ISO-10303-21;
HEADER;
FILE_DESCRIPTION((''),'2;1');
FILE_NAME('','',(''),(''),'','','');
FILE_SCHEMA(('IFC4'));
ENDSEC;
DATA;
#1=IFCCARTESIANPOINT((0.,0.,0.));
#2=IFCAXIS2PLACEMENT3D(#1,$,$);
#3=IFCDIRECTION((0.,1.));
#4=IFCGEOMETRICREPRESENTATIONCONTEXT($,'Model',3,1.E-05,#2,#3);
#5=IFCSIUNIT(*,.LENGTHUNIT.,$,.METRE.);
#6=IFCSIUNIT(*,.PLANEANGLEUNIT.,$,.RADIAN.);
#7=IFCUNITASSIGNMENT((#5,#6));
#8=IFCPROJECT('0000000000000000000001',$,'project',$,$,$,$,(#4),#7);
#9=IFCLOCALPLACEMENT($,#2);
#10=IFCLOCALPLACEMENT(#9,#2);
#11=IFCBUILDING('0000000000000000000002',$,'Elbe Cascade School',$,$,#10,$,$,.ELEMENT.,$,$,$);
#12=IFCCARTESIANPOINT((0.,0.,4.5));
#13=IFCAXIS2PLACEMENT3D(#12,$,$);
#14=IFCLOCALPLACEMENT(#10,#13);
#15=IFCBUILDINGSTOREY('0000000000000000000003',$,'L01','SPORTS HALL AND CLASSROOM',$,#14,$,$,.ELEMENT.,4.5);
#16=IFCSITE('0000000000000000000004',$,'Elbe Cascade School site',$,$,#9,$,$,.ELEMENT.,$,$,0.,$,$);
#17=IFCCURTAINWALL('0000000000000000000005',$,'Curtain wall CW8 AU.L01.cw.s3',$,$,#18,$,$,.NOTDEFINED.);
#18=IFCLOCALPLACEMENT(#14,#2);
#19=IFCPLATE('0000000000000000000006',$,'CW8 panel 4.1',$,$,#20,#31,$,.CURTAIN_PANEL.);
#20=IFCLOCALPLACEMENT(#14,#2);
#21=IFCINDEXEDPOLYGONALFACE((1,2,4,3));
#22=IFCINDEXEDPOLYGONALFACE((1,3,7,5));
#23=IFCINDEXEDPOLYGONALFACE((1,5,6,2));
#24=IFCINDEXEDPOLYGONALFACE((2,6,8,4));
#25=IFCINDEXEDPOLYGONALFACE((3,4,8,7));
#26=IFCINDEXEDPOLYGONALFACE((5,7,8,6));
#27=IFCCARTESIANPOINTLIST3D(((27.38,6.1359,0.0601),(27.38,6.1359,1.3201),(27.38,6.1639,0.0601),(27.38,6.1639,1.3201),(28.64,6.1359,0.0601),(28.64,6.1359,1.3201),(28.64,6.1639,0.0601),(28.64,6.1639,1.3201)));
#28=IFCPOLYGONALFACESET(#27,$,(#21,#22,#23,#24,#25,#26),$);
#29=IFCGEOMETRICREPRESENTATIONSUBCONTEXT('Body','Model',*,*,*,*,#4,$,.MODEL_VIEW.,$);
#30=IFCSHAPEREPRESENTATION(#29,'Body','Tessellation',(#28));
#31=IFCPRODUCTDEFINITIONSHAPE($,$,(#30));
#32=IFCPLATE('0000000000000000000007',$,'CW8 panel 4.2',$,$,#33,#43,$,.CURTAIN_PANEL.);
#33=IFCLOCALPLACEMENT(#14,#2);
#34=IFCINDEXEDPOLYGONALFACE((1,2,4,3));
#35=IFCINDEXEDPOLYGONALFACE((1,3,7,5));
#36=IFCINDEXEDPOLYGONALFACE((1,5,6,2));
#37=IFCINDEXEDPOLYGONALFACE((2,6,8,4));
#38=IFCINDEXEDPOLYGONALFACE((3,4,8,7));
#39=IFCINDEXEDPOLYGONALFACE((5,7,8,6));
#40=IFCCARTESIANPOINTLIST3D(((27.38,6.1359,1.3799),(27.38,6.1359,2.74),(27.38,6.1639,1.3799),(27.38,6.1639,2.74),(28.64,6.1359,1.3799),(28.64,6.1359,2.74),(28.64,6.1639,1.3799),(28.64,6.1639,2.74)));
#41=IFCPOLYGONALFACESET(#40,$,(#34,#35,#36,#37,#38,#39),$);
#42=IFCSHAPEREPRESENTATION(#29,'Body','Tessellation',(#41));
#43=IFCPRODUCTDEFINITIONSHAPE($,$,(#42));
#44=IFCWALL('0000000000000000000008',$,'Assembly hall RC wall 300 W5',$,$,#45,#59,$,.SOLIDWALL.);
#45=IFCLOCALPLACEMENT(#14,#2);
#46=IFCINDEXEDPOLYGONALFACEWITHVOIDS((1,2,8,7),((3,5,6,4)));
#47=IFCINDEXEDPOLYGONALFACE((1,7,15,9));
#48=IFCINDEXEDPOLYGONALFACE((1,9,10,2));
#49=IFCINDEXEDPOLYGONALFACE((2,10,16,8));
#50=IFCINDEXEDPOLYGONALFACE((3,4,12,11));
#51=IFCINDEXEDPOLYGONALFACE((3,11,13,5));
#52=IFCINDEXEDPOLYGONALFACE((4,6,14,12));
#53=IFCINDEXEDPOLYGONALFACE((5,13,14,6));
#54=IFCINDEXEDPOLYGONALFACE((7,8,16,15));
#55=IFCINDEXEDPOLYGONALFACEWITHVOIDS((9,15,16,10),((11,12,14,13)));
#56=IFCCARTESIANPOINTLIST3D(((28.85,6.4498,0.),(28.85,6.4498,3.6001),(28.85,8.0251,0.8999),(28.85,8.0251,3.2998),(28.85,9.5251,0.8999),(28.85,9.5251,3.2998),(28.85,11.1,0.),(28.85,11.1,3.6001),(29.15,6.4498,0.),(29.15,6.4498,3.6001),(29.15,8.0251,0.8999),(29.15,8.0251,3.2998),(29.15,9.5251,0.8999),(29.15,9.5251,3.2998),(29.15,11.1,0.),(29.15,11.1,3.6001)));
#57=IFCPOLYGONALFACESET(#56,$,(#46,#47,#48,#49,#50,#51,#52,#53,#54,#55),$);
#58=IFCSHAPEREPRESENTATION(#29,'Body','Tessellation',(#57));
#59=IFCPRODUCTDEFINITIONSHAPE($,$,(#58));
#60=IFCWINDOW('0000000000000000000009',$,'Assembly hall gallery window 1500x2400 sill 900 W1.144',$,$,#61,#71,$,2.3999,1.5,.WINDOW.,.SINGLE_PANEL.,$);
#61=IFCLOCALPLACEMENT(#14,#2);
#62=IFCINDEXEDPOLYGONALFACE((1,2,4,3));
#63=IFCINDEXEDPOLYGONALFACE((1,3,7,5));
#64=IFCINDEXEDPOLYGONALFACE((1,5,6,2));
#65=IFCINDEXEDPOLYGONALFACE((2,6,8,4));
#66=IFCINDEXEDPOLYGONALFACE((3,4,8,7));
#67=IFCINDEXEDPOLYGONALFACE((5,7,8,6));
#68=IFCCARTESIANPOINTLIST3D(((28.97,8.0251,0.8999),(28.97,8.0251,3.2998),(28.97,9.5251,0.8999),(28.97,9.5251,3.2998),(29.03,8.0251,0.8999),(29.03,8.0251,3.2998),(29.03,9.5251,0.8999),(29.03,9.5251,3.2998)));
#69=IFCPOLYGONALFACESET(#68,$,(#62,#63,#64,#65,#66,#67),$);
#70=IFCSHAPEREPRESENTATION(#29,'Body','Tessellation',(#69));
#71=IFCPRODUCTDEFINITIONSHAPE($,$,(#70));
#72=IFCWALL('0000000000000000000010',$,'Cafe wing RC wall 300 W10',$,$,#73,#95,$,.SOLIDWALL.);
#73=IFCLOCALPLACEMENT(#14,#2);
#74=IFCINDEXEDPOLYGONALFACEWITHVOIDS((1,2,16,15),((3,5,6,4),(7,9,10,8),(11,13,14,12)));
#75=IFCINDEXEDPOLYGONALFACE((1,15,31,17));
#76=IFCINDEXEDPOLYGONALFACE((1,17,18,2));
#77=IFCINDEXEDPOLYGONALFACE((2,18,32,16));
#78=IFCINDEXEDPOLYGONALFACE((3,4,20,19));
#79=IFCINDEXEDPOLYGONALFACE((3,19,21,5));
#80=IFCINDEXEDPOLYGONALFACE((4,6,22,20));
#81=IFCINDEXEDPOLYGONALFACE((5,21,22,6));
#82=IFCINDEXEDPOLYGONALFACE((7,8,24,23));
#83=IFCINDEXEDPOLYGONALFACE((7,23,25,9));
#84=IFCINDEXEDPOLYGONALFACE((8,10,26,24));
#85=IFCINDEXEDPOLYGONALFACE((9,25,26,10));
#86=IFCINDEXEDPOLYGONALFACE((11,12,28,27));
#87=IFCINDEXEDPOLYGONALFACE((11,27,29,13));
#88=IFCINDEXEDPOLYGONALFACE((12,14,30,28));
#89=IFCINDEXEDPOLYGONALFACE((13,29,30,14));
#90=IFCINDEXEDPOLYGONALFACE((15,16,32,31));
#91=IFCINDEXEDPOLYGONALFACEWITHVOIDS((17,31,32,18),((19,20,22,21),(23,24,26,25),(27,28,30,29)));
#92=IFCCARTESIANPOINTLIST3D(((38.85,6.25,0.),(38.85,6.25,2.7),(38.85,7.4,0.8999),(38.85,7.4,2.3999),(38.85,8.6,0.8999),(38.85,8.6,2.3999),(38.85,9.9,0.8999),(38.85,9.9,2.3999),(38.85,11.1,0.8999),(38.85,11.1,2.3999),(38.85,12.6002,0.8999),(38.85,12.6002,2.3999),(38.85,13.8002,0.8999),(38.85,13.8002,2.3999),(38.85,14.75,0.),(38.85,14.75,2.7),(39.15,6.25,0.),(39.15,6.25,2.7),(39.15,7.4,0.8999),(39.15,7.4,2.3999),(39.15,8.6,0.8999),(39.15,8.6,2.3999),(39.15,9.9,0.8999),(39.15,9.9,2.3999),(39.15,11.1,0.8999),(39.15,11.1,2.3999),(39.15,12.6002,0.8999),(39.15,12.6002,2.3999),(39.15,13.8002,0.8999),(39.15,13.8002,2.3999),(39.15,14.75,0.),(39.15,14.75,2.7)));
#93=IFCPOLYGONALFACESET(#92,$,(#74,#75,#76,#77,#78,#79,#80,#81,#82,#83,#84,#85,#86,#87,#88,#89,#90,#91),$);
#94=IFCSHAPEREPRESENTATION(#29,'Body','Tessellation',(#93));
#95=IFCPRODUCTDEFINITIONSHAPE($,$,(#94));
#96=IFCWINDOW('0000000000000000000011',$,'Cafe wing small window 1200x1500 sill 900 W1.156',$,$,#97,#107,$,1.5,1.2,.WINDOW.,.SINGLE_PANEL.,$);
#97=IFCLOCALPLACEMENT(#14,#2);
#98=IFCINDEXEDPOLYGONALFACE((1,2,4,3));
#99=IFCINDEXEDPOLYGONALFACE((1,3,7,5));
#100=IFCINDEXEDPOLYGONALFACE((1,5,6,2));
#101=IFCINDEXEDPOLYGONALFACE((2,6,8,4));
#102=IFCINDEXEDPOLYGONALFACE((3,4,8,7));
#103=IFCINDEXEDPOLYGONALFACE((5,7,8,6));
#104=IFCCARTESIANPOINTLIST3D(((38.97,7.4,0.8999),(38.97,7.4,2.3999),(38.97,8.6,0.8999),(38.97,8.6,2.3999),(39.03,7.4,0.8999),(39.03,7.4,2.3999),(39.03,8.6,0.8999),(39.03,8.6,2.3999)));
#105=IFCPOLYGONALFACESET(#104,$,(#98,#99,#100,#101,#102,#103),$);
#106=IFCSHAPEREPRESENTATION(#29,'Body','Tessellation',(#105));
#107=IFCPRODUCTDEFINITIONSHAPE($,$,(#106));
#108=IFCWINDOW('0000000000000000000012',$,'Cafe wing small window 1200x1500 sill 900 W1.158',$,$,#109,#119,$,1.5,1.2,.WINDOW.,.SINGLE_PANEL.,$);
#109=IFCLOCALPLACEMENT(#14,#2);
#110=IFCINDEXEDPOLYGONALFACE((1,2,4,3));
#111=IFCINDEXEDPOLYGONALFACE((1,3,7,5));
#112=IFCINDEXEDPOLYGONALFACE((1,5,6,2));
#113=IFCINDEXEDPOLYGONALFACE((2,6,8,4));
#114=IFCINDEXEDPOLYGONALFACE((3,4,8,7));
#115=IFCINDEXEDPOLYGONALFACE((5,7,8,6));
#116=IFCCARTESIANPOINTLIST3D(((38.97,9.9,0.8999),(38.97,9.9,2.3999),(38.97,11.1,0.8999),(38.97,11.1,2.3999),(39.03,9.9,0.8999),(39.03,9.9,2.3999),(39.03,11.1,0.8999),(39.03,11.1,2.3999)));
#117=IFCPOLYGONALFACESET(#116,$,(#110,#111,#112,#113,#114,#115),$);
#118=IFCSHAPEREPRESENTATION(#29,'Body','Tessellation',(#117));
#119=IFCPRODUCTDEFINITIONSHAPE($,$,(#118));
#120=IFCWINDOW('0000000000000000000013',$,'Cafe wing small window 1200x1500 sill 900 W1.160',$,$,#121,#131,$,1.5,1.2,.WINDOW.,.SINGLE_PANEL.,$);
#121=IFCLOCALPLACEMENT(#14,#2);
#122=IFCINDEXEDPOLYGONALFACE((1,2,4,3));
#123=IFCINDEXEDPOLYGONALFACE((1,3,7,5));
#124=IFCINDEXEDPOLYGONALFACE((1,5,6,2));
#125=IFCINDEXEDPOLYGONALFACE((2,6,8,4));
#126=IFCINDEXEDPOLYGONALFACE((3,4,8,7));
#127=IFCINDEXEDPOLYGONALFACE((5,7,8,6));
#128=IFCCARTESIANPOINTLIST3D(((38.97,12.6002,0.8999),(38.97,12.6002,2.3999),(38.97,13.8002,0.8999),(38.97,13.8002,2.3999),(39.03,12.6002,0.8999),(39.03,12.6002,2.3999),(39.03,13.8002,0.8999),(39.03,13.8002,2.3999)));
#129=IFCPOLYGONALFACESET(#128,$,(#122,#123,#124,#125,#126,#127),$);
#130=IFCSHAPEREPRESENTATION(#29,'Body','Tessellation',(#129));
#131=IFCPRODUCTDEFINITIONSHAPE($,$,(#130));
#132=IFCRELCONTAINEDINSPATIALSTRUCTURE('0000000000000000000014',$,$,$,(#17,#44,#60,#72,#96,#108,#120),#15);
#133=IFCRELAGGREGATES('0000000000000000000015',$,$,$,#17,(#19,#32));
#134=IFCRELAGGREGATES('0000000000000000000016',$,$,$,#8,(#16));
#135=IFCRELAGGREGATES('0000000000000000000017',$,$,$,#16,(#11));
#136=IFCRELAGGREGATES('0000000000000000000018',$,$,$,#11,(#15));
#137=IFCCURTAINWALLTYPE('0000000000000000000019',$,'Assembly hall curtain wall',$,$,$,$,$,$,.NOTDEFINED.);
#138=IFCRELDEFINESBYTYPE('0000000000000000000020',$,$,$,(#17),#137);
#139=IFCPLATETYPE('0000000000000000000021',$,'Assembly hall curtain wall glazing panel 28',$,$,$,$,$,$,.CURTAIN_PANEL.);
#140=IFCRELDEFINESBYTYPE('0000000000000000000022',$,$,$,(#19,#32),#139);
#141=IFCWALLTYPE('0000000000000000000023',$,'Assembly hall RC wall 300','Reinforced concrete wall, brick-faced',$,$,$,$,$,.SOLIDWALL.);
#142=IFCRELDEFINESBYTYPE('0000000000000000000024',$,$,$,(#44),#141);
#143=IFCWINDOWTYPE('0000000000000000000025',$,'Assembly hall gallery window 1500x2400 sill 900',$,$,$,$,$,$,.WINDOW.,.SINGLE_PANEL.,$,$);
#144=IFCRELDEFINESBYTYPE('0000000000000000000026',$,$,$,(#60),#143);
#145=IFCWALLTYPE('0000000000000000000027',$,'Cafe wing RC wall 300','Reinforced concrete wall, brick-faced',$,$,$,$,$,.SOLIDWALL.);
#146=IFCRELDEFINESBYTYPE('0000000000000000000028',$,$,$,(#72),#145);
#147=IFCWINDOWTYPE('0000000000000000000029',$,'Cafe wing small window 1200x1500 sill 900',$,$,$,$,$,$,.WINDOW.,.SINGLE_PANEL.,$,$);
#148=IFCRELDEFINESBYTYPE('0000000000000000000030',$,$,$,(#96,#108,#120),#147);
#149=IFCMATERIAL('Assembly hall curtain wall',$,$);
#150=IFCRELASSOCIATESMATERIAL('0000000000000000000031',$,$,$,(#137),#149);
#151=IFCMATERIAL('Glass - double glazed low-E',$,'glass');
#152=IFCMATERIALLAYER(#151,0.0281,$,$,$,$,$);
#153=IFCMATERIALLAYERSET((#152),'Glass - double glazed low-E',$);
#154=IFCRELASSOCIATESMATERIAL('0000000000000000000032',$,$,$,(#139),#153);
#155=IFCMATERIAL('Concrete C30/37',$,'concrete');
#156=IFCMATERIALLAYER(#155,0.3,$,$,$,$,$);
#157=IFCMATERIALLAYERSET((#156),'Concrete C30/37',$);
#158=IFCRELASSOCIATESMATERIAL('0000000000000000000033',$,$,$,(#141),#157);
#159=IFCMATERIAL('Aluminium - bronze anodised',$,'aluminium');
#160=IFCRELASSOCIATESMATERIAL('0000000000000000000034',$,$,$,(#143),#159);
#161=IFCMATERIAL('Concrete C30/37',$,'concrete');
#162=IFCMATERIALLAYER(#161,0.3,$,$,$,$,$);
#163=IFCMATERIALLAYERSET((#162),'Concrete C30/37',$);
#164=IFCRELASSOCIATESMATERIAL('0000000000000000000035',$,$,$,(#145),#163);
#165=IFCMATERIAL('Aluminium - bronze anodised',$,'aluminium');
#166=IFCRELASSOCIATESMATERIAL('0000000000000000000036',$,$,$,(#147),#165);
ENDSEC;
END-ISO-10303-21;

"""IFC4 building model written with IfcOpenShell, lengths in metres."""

from ifc_helpers import new_model, si_unit, direction, frame, frame_2d, origin, origin_2d, place, context, subcontext, project, spatial, rectangle, extrude, material, layer, layer_set, type_object, element, fill, aggregate, save


model = new_model("IFC4")

# Units and contexts
model_context = context("Model", 3, precision=1e-05, world=origin(), true_north=direction((0.0, 1.0)))
body_context = subcontext(model_context, "Body", "Model", "MODEL_VIEW")
ifc_project = project(units=[si_unit("LENGTHUNIT", "METRE"), si_unit("PLANEANGLEUNIT", "RADIAN")], contexts=[model_context])

# Site, building, storey
site_placement = place(None, origin())
site = spatial("IfcSite", under=ifc_project, at=site_placement, Name="Elbe Cascade School site", CompositionType="ELEMENT", RefElevation=0.0)
building_placement = place(site_placement, origin())
building = spatial("IfcBuilding", under=site, at=building_placement, Name="Elbe Cascade School", CompositionType="ELEMENT")
storey_placement = place(building_placement, frame((0.0, 0.0, 4.5)))
storey = spatial("IfcBuildingStorey", under=building, at=storey_placement, Name="L01", Description="SPORTS HALL AND CLASSROOM", CompositionType="ELEMENT", Elevation=4.5)

# Curtain wall, plates
ifc_material_1 = material(Name="Assembly hall curtain wall")
curtain_wall_type = type_object("IfcCurtainWallType", Name="Assembly hall curtain wall", PredefinedType="NOTDEFINED", material=ifc_material_1)
curtain_wall_placement = place(storey_placement, origin())
curtain_wall = element("IfcCurtainWall", 1, at=curtain_wall_placement, inside=storey, type_object=curtain_wall_type, Name="Curtain wall CW8 AU.L01.cw.s3", PredefinedType="NOTDEFINED")
ifc_material_2 = material(Name="Glass - double glazed low-E", Category="glass")
ifc_layer_1 = layer(ifc_material_2, 0.0281)
ifc_layer_set_1 = layer_set([ifc_layer_1], Name="Glass - double glazed low-E")
plate_type = type_object("IfcPlateType", Name="Assembly hall curtain wall glazing panel 28", PredefinedType="CURTAIN_PANEL", material=ifc_layer_set_1)
plate_1_placement = place(storey_placement, frame((28.01, 6.1499, 0.0601), z_axis=(0.0, 0.0, 1.0), x_axis=(1.0, 0.0, 0.0)))
plate_1 = element("IfcPlate", 2, at=plate_1_placement, type_object=plate_type, Name="CW8 panel 4.1", PredefinedType="CURTAIN_PANEL", context=body_context, shape_type="SweptSolid", body=[
    extrude(rectangle(XDim=1.26, YDim=0.0281, at=origin_2d()), origin(), (0.0, 0.0, 1.0), 1.26),
])
plate_2_placement = place(storey_placement, frame((28.01, 6.1499, 1.3799), z_axis=(0.0, 0.0, 1.0), x_axis=(1.0, 0.0, 0.0)))
plate_2 = element("IfcPlate", 3, at=plate_2_placement, type_object=plate_type, Name="CW8 panel 4.2", PredefinedType="CURTAIN_PANEL", context=body_context, shape_type="SweptSolid", body=[
    extrude(rectangle(XDim=1.26, YDim=0.0281, at=origin_2d()), origin(), (0.0, 0.0, 1.0), 1.3601),
])
aggregate(curtain_wall, [plate_1, plate_2])

# Wall, opening, window
ifc_material_3 = material(Name="Concrete C30/37", Category="concrete")
ifc_layer_2 = layer(ifc_material_3, 0.3)
ifc_layer_set_2 = layer_set([ifc_layer_2], Name="Concrete C30/37")
wall_type_1 = type_object("IfcWallType", Name="Assembly hall RC wall 300", Description="Reinforced concrete wall, brick-faced", PredefinedType="SOLIDWALL", material=ifc_layer_set_2)
wall_1_placement = place(storey_placement, frame((29.0, 11.1001, 0.0), z_axis=(0.0, 0.0, 1.0), x_axis=(0.0, -1.0, 0.0)))
wall_1 = element("IfcWall", 4, at=wall_1_placement, inside=storey, type_object=wall_type_1, Name="Assembly hall RC wall 300 W5", PredefinedType="SOLIDWALL", context=body_context, shape_type="SweptSolid", body=[
    extrude(rectangle(XDim=4.6501, YDim=0.3, at=frame_2d((2.3252, 0.0))), origin(), (0.0, 0.0, 1.0), 3.6001),
])
opening_1_placement = place(wall_1_placement, frame((1.575, 0.0, 0.8999)))
opening_1 = element("IfcOpeningElement", 5, at=opening_1_placement, cuts=wall_1, PredefinedType="OPENING", context=body_context, shape_type="SweptSolid", body=[
    extrude(rectangle(XDim=1.5, YDim=2.3999, at=frame_2d((0.75, 1.2))), frame((0.0, 0.1599, 0.0), z_axis=(0.0, -1.0, 0.0), x_axis=(1.0, 0.0, 0.0)), (0.0, 0.0, 1.0), 0.3201),
])
ifc_material_4 = material(Name="Aluminium - bronze anodised", Category="aluminium")
window_type_1 = type_object("IfcWindowType", Name="Assembly hall gallery window 1500x2400 sill 900", PartitioningType="SINGLE_PANEL", PredefinedType="WINDOW", material=ifc_material_4)
window_1_placement = place(opening_1_placement, origin())
window_1 = element("IfcWindow", 6, at=window_1_placement, inside=storey, type_object=window_type_1, Name="Assembly hall gallery window 1500x2400 sill 900 W1.144", OverallHeight=2.3999, OverallWidth=1.5, PartitioningType="SINGLE_PANEL", PredefinedType="WINDOW", context=body_context, shape_type="SweptSolid", body=[
    extrude(rectangle(XDim=1.5, YDim=2.3999, at=frame_2d((0.75, 1.2))), frame((0.0, 0.03, 0.0), z_axis=(0.0, -1.0, 0.0), x_axis=(1.0, 0.0, 0.0)), (0.0, 0.0, 1.0), 0.0601),
])
fill(opening_1, window_1)

# Wall, openings, windows
ifc_material_5 = material(Name="Concrete C30/37", Category="concrete")
ifc_layer_3 = layer(ifc_material_5, 0.3)
ifc_layer_set_3 = layer_set([ifc_layer_3], Name="Concrete C30/37")
wall_type_2 = type_object("IfcWallType", Name="Cafe wing RC wall 300", Description="Reinforced concrete wall, brick-faced", PredefinedType="SOLIDWALL", material=ifc_layer_set_3)
wall_2_placement = place(storey_placement, frame((39.0, 6.25, 0.0), z_axis=(0.0, 0.0, 1.0), x_axis=(0.0, 1.0, 0.0)))
wall_2 = element("IfcWall", 7, at=wall_2_placement, inside=storey, type_object=wall_type_2, Name="Cafe wing RC wall 300 W10", PredefinedType="SOLIDWALL", context=body_context, shape_type="SweptSolid", body=[
    extrude(rectangle(XDim=8.5, YDim=0.3, at=frame_2d((4.25, 0.0))), origin(), (0.0, 0.0, 1.0), 2.7),
])
opening_2_placement = place(wall_2_placement, frame((1.1499, 0.0, 0.8999)))
opening_2 = element("IfcOpeningElement", 8, at=opening_2_placement, cuts=wall_2, PredefinedType="OPENING", context=body_context, shape_type="SweptSolid", body=[
    extrude(rectangle(XDim=1.2, YDim=1.5, at=frame_2d((0.6001, 0.75))), frame((0.0, 0.1599, 0.0), z_axis=(0.0, -1.0, 0.0), x_axis=(1.0, 0.0, 0.0)), (0.0, 0.0, 1.0), 0.3201),
])
opening_3_placement = place(wall_2_placement, frame((3.6499, 0.0, 0.8999)))
opening_3 = element("IfcOpeningElement", 9, at=opening_3_placement, cuts=wall_2, PredefinedType="OPENING", context=body_context, shape_type="SweptSolid", body=[
    extrude(rectangle(XDim=1.2, YDim=1.5, at=frame_2d((0.6001, 0.75))), frame((0.0, 0.1599, 0.0), z_axis=(0.0, -1.0, 0.0), x_axis=(1.0, 0.0, 0.0)), (0.0, 0.0, 1.0), 0.3201),
])
opening_4_placement = place(wall_2_placement, frame((6.3501, 0.0, 0.8999)))
opening_4 = element("IfcOpeningElement", 10, at=opening_4_placement, cuts=wall_2, PredefinedType="OPENING", context=body_context, shape_type="SweptSolid", body=[
    extrude(rectangle(XDim=1.2, YDim=1.5, at=frame_2d((0.6001, 0.75))), frame((0.0, 0.1599, 0.0), z_axis=(0.0, -1.0, 0.0), x_axis=(1.0, 0.0, 0.0)), (0.0, 0.0, 1.0), 0.3201),
])
ifc_material_6 = material(Name="Aluminium - bronze anodised", Category="aluminium")
window_type_2 = type_object("IfcWindowType", Name="Cafe wing small window 1200x1500 sill 900", PartitioningType="SINGLE_PANEL", PredefinedType="WINDOW", material=ifc_material_6)
window_2_placement = place(opening_2_placement, origin())
window_2 = element("IfcWindow", 11, at=window_2_placement, inside=storey, type_object=window_type_2, Name="Cafe wing small window 1200x1500 sill 900 W1.156", OverallHeight=1.5, OverallWidth=1.2, PartitioningType="SINGLE_PANEL", PredefinedType="WINDOW", context=body_context, shape_type="SweptSolid", body=[
    extrude(rectangle(XDim=1.2, YDim=1.5, at=frame_2d((0.6001, 0.75))), frame((0.0, 0.03, 0.0), z_axis=(0.0, -1.0, 0.0), x_axis=(1.0, 0.0, 0.0)), (0.0, 0.0, 1.0), 0.0601),
])
fill(opening_2, window_2)
window_3_placement = place(opening_3_placement, origin())
window_3 = element("IfcWindow", 12, at=window_3_placement, inside=storey, type_object=window_type_2, Name="Cafe wing small window 1200x1500 sill 900 W1.158", OverallHeight=1.5, OverallWidth=1.2, PartitioningType="SINGLE_PANEL", PredefinedType="WINDOW", context=body_context, shape_type="SweptSolid", body=[
    extrude(rectangle(XDim=1.2, YDim=1.5, at=frame_2d((0.6001, 0.75))), frame((0.0, 0.03, 0.0), z_axis=(0.0, -1.0, 0.0), x_axis=(1.0, 0.0, 0.0)), (0.0, 0.0, 1.0), 0.0601),
])
fill(opening_3, window_3)
window_4_placement = place(opening_4_placement, origin())
window_4 = element("IfcWindow", 13, at=window_4_placement, inside=storey, type_object=window_type_2, Name="Cafe wing small window 1200x1500 sill 900 W1.160", OverallHeight=1.5, OverallWidth=1.2, PartitioningType="SINGLE_PANEL", PredefinedType="WINDOW", context=body_context, shape_type="SweptSolid", body=[
    extrude(rectangle(XDim=1.2, YDim=1.5, at=frame_2d((0.6001, 0.75))), frame((0.0, 0.03, 0.0), z_axis=(0.0, -1.0, 0.0), x_axis=(1.0, 0.0, 0.0)), (0.0, 0.0, 1.0), 0.0601),
])
fill(opening_4, window_4)

save(model, "model.ifc")
